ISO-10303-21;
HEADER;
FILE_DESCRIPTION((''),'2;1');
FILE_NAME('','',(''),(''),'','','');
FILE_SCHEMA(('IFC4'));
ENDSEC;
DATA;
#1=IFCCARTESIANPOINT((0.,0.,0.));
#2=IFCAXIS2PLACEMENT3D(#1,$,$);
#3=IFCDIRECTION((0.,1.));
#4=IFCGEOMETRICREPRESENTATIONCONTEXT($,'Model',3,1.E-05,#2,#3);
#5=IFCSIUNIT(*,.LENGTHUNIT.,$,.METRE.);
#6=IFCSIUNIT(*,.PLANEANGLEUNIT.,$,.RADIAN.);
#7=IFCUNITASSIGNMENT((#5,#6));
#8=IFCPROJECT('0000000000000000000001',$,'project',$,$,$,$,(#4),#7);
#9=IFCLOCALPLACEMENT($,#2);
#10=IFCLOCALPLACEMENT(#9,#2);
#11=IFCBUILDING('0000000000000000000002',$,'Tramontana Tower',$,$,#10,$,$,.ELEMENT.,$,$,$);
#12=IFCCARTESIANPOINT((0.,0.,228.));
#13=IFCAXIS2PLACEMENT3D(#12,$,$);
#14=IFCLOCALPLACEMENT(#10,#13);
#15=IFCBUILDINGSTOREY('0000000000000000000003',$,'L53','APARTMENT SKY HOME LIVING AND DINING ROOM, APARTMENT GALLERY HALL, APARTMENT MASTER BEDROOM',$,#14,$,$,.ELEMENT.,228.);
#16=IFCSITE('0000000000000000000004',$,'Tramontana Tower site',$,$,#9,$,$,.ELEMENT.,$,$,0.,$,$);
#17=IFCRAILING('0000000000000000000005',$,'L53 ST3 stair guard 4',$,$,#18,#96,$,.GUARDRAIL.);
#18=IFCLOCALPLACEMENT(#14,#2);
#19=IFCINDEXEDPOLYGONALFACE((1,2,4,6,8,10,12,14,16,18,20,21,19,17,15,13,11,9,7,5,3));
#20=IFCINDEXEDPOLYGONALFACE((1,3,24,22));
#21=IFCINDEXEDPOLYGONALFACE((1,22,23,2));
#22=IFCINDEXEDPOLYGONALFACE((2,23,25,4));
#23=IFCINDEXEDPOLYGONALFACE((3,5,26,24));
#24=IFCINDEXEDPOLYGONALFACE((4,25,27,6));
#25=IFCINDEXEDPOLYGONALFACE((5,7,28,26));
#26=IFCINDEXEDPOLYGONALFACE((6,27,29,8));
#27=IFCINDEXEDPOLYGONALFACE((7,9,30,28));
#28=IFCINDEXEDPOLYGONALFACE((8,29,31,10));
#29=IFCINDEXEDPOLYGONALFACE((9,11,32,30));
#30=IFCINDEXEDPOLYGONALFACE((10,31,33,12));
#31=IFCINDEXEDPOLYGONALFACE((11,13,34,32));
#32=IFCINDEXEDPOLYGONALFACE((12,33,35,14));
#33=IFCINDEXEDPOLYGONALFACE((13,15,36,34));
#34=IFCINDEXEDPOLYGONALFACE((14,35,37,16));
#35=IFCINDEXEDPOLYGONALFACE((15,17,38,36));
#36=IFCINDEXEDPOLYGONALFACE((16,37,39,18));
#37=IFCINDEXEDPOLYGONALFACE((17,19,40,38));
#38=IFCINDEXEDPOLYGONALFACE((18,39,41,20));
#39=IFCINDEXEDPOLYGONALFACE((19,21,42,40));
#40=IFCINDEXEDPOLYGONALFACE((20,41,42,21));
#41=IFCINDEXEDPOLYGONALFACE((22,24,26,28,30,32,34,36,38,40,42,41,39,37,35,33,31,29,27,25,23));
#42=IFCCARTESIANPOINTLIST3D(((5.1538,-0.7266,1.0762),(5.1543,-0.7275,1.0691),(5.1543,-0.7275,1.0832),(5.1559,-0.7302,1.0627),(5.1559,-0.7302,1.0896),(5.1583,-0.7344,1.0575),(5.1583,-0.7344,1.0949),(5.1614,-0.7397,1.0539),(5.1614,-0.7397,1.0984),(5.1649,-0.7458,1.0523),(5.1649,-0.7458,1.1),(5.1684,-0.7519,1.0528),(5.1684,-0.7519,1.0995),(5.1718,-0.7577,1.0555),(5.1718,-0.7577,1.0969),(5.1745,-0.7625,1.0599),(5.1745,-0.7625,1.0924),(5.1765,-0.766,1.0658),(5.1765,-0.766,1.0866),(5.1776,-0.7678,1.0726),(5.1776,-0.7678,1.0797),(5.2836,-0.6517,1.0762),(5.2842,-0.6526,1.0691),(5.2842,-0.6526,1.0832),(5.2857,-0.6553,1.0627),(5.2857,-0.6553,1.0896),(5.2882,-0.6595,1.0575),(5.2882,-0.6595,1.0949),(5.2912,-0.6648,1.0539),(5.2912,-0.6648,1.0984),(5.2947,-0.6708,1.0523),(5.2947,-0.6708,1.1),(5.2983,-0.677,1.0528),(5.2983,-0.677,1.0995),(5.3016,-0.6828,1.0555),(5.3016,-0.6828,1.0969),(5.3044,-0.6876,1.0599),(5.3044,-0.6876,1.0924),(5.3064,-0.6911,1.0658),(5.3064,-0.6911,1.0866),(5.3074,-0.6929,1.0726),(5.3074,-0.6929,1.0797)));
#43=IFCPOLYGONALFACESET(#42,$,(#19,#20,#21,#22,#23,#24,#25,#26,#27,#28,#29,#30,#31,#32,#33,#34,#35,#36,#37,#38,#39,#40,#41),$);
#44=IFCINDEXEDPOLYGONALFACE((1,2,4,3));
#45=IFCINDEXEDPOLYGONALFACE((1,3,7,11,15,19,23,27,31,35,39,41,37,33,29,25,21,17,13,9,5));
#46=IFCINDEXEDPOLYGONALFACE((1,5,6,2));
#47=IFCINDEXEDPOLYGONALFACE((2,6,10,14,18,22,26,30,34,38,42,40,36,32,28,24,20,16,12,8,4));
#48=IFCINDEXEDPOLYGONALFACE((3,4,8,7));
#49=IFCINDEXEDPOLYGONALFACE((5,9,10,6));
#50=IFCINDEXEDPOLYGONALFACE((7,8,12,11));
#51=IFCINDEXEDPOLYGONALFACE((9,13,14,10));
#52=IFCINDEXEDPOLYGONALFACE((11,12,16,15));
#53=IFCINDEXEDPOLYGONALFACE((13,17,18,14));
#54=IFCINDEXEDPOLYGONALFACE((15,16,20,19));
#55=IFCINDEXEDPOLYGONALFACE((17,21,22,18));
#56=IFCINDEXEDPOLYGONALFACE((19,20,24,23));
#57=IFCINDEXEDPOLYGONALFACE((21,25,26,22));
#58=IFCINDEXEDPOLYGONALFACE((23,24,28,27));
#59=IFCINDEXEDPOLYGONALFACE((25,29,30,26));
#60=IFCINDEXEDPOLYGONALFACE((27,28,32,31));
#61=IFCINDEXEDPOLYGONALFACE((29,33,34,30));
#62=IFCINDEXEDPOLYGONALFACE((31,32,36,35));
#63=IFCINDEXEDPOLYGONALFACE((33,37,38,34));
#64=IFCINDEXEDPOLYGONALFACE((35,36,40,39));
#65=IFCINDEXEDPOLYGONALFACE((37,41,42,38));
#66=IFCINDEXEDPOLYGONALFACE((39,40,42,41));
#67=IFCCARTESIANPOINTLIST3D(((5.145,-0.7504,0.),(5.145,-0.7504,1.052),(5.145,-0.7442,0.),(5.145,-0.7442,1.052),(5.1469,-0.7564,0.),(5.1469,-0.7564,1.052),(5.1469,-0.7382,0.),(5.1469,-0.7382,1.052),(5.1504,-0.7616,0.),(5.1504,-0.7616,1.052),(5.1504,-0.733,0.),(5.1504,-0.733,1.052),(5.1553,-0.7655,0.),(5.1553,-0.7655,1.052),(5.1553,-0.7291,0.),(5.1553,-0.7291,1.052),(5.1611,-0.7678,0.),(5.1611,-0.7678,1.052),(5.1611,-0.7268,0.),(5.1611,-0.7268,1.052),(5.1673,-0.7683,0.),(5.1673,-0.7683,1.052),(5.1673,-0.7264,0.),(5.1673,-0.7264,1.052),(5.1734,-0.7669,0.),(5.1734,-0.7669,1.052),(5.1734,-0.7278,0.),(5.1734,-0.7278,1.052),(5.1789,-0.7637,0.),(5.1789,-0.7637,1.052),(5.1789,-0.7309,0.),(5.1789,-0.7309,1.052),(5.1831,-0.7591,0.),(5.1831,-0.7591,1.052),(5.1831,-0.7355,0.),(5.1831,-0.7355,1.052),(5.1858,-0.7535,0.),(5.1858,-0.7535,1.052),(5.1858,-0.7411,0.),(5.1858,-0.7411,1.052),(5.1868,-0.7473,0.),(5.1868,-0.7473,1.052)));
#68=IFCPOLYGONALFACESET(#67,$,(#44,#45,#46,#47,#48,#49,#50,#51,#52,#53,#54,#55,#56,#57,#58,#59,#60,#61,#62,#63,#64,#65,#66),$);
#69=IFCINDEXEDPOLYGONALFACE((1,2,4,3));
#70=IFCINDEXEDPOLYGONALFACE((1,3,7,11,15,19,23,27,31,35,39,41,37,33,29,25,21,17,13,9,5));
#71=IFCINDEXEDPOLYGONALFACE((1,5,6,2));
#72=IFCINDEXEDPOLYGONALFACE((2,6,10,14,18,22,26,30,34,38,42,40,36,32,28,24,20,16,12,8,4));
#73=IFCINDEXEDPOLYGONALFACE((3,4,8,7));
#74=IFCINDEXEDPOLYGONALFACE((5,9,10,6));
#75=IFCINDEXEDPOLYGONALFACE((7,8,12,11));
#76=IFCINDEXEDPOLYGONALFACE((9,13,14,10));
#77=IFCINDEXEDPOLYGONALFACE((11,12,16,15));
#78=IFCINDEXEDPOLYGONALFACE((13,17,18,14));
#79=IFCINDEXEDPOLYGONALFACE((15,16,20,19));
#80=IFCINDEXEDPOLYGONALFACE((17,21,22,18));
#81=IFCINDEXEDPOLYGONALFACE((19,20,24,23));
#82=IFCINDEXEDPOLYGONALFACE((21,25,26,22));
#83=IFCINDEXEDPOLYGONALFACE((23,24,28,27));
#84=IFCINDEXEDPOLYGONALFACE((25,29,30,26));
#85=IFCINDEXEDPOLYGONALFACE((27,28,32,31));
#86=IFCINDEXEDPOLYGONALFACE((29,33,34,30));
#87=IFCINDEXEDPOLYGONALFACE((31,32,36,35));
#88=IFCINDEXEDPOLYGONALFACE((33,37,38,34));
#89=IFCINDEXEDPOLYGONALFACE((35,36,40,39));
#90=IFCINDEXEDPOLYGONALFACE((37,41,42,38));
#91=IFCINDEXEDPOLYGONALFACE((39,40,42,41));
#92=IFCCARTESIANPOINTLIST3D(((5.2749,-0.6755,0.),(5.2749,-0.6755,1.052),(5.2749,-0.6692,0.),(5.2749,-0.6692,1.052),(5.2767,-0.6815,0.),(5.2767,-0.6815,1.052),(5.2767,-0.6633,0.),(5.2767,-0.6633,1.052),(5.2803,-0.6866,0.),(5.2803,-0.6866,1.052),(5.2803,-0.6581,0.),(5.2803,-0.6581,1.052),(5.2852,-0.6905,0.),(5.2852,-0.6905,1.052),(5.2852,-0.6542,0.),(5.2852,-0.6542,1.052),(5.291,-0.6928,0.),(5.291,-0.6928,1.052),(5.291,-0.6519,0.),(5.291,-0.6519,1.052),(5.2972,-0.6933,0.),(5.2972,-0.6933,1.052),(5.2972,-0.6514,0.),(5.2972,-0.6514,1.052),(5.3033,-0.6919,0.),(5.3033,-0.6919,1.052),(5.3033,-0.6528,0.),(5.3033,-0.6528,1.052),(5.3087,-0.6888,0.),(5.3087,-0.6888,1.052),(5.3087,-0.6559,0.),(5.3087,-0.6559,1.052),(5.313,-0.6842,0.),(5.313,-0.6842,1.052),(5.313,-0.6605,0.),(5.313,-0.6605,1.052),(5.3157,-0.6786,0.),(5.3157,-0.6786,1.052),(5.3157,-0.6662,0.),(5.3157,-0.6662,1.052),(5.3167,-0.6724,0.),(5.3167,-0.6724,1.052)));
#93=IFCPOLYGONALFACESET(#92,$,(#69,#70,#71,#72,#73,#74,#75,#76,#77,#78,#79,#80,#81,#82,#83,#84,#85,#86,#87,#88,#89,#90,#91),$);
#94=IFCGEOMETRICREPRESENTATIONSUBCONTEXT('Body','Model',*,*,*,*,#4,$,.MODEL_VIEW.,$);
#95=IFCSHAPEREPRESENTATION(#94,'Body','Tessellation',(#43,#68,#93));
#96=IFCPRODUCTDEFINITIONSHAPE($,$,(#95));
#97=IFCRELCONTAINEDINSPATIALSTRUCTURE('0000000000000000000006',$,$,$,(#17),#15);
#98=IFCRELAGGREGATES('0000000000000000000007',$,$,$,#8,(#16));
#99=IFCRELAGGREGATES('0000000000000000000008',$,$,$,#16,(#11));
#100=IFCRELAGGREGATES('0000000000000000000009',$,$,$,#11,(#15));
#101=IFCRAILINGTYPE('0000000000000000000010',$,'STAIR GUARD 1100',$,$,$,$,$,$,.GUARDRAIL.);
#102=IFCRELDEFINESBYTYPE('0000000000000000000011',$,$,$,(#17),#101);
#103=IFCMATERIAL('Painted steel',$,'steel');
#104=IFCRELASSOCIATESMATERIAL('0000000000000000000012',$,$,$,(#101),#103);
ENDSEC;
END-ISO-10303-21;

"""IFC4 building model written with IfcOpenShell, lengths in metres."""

from ifc_helpers import new_model, si_unit, direction, frame, origin, origin_2d, place, context, subcontext, project, spatial, circle, extrude, material, type_object, element, save


model = new_model("IFC4")

# Units and contexts
model_context = context("Model", 3, precision=1e-05, world=origin(), true_north=direction((0.0, 1.0)))
body_context = subcontext(model_context, "Body", "Model", "MODEL_VIEW")
ifc_project = project(units=[si_unit("LENGTHUNIT", "METRE"), si_unit("PLANEANGLEUNIT", "RADIAN")], contexts=[model_context])

# Site, building, storey
site_placement = place(None, origin())
site = spatial("IfcSite", under=ifc_project, at=site_placement, Name="Tramontana Tower site", CompositionType="ELEMENT", RefElevation=0.0)
building_placement = place(site_placement, origin())
building = spatial("IfcBuilding", under=site, at=building_placement, Name="Tramontana Tower", CompositionType="ELEMENT")
storey_placement = place(building_placement, frame((0.0, 0.0, 228.0)))
storey = spatial("IfcBuildingStorey", under=building, at=storey_placement, Name="L53", Description="APARTMENT SKY HOME LIVING AND DINING ROOM, APARTMENT GALLERY HALL, APARTMENT MASTER BEDROOM", CompositionType="ELEMENT", Elevation=228.0)

# Railing
ifc_material_1 = material(Name="Painted steel", Category="steel")
railing_type_1 = type_object("IfcRailingType", Name="STAIR GUARD 1100", PredefinedType="GUARDRAIL", material=ifc_material_1)
railing_1_placement = place(storey_placement, frame((5.1658, -0.7473, 0.0)))
element("IfcRailing", 1, at=railing_1_placement, inside=storey, type_object=railing_type_1, Name="L53 ST3 stair guard 4", PredefinedType="GUARDRAIL", context=body_context, shape_type="SweptSolid", body=[
    extrude(circle(Radius=0.0239, at=origin_2d()), frame((0.0, 0.0, 1.0762), z_axis=(0.866131, 0.499816, 0.0), x_axis=(-0.499816, 0.866131, 0.0)), (0.0, 0.0, 1.0), 0.1499),
    extrude(circle(Radius=0.021, at=origin_2d()), origin(), (0.0, 0.0, 1.0), 1.052),
    extrude(circle(Radius=0.021, at=origin_2d()), frame((0.1299, 0.075, 0.0)), (0.0, 0.0, 1.0), 1.052),
])

save(model, "model.ifc")
